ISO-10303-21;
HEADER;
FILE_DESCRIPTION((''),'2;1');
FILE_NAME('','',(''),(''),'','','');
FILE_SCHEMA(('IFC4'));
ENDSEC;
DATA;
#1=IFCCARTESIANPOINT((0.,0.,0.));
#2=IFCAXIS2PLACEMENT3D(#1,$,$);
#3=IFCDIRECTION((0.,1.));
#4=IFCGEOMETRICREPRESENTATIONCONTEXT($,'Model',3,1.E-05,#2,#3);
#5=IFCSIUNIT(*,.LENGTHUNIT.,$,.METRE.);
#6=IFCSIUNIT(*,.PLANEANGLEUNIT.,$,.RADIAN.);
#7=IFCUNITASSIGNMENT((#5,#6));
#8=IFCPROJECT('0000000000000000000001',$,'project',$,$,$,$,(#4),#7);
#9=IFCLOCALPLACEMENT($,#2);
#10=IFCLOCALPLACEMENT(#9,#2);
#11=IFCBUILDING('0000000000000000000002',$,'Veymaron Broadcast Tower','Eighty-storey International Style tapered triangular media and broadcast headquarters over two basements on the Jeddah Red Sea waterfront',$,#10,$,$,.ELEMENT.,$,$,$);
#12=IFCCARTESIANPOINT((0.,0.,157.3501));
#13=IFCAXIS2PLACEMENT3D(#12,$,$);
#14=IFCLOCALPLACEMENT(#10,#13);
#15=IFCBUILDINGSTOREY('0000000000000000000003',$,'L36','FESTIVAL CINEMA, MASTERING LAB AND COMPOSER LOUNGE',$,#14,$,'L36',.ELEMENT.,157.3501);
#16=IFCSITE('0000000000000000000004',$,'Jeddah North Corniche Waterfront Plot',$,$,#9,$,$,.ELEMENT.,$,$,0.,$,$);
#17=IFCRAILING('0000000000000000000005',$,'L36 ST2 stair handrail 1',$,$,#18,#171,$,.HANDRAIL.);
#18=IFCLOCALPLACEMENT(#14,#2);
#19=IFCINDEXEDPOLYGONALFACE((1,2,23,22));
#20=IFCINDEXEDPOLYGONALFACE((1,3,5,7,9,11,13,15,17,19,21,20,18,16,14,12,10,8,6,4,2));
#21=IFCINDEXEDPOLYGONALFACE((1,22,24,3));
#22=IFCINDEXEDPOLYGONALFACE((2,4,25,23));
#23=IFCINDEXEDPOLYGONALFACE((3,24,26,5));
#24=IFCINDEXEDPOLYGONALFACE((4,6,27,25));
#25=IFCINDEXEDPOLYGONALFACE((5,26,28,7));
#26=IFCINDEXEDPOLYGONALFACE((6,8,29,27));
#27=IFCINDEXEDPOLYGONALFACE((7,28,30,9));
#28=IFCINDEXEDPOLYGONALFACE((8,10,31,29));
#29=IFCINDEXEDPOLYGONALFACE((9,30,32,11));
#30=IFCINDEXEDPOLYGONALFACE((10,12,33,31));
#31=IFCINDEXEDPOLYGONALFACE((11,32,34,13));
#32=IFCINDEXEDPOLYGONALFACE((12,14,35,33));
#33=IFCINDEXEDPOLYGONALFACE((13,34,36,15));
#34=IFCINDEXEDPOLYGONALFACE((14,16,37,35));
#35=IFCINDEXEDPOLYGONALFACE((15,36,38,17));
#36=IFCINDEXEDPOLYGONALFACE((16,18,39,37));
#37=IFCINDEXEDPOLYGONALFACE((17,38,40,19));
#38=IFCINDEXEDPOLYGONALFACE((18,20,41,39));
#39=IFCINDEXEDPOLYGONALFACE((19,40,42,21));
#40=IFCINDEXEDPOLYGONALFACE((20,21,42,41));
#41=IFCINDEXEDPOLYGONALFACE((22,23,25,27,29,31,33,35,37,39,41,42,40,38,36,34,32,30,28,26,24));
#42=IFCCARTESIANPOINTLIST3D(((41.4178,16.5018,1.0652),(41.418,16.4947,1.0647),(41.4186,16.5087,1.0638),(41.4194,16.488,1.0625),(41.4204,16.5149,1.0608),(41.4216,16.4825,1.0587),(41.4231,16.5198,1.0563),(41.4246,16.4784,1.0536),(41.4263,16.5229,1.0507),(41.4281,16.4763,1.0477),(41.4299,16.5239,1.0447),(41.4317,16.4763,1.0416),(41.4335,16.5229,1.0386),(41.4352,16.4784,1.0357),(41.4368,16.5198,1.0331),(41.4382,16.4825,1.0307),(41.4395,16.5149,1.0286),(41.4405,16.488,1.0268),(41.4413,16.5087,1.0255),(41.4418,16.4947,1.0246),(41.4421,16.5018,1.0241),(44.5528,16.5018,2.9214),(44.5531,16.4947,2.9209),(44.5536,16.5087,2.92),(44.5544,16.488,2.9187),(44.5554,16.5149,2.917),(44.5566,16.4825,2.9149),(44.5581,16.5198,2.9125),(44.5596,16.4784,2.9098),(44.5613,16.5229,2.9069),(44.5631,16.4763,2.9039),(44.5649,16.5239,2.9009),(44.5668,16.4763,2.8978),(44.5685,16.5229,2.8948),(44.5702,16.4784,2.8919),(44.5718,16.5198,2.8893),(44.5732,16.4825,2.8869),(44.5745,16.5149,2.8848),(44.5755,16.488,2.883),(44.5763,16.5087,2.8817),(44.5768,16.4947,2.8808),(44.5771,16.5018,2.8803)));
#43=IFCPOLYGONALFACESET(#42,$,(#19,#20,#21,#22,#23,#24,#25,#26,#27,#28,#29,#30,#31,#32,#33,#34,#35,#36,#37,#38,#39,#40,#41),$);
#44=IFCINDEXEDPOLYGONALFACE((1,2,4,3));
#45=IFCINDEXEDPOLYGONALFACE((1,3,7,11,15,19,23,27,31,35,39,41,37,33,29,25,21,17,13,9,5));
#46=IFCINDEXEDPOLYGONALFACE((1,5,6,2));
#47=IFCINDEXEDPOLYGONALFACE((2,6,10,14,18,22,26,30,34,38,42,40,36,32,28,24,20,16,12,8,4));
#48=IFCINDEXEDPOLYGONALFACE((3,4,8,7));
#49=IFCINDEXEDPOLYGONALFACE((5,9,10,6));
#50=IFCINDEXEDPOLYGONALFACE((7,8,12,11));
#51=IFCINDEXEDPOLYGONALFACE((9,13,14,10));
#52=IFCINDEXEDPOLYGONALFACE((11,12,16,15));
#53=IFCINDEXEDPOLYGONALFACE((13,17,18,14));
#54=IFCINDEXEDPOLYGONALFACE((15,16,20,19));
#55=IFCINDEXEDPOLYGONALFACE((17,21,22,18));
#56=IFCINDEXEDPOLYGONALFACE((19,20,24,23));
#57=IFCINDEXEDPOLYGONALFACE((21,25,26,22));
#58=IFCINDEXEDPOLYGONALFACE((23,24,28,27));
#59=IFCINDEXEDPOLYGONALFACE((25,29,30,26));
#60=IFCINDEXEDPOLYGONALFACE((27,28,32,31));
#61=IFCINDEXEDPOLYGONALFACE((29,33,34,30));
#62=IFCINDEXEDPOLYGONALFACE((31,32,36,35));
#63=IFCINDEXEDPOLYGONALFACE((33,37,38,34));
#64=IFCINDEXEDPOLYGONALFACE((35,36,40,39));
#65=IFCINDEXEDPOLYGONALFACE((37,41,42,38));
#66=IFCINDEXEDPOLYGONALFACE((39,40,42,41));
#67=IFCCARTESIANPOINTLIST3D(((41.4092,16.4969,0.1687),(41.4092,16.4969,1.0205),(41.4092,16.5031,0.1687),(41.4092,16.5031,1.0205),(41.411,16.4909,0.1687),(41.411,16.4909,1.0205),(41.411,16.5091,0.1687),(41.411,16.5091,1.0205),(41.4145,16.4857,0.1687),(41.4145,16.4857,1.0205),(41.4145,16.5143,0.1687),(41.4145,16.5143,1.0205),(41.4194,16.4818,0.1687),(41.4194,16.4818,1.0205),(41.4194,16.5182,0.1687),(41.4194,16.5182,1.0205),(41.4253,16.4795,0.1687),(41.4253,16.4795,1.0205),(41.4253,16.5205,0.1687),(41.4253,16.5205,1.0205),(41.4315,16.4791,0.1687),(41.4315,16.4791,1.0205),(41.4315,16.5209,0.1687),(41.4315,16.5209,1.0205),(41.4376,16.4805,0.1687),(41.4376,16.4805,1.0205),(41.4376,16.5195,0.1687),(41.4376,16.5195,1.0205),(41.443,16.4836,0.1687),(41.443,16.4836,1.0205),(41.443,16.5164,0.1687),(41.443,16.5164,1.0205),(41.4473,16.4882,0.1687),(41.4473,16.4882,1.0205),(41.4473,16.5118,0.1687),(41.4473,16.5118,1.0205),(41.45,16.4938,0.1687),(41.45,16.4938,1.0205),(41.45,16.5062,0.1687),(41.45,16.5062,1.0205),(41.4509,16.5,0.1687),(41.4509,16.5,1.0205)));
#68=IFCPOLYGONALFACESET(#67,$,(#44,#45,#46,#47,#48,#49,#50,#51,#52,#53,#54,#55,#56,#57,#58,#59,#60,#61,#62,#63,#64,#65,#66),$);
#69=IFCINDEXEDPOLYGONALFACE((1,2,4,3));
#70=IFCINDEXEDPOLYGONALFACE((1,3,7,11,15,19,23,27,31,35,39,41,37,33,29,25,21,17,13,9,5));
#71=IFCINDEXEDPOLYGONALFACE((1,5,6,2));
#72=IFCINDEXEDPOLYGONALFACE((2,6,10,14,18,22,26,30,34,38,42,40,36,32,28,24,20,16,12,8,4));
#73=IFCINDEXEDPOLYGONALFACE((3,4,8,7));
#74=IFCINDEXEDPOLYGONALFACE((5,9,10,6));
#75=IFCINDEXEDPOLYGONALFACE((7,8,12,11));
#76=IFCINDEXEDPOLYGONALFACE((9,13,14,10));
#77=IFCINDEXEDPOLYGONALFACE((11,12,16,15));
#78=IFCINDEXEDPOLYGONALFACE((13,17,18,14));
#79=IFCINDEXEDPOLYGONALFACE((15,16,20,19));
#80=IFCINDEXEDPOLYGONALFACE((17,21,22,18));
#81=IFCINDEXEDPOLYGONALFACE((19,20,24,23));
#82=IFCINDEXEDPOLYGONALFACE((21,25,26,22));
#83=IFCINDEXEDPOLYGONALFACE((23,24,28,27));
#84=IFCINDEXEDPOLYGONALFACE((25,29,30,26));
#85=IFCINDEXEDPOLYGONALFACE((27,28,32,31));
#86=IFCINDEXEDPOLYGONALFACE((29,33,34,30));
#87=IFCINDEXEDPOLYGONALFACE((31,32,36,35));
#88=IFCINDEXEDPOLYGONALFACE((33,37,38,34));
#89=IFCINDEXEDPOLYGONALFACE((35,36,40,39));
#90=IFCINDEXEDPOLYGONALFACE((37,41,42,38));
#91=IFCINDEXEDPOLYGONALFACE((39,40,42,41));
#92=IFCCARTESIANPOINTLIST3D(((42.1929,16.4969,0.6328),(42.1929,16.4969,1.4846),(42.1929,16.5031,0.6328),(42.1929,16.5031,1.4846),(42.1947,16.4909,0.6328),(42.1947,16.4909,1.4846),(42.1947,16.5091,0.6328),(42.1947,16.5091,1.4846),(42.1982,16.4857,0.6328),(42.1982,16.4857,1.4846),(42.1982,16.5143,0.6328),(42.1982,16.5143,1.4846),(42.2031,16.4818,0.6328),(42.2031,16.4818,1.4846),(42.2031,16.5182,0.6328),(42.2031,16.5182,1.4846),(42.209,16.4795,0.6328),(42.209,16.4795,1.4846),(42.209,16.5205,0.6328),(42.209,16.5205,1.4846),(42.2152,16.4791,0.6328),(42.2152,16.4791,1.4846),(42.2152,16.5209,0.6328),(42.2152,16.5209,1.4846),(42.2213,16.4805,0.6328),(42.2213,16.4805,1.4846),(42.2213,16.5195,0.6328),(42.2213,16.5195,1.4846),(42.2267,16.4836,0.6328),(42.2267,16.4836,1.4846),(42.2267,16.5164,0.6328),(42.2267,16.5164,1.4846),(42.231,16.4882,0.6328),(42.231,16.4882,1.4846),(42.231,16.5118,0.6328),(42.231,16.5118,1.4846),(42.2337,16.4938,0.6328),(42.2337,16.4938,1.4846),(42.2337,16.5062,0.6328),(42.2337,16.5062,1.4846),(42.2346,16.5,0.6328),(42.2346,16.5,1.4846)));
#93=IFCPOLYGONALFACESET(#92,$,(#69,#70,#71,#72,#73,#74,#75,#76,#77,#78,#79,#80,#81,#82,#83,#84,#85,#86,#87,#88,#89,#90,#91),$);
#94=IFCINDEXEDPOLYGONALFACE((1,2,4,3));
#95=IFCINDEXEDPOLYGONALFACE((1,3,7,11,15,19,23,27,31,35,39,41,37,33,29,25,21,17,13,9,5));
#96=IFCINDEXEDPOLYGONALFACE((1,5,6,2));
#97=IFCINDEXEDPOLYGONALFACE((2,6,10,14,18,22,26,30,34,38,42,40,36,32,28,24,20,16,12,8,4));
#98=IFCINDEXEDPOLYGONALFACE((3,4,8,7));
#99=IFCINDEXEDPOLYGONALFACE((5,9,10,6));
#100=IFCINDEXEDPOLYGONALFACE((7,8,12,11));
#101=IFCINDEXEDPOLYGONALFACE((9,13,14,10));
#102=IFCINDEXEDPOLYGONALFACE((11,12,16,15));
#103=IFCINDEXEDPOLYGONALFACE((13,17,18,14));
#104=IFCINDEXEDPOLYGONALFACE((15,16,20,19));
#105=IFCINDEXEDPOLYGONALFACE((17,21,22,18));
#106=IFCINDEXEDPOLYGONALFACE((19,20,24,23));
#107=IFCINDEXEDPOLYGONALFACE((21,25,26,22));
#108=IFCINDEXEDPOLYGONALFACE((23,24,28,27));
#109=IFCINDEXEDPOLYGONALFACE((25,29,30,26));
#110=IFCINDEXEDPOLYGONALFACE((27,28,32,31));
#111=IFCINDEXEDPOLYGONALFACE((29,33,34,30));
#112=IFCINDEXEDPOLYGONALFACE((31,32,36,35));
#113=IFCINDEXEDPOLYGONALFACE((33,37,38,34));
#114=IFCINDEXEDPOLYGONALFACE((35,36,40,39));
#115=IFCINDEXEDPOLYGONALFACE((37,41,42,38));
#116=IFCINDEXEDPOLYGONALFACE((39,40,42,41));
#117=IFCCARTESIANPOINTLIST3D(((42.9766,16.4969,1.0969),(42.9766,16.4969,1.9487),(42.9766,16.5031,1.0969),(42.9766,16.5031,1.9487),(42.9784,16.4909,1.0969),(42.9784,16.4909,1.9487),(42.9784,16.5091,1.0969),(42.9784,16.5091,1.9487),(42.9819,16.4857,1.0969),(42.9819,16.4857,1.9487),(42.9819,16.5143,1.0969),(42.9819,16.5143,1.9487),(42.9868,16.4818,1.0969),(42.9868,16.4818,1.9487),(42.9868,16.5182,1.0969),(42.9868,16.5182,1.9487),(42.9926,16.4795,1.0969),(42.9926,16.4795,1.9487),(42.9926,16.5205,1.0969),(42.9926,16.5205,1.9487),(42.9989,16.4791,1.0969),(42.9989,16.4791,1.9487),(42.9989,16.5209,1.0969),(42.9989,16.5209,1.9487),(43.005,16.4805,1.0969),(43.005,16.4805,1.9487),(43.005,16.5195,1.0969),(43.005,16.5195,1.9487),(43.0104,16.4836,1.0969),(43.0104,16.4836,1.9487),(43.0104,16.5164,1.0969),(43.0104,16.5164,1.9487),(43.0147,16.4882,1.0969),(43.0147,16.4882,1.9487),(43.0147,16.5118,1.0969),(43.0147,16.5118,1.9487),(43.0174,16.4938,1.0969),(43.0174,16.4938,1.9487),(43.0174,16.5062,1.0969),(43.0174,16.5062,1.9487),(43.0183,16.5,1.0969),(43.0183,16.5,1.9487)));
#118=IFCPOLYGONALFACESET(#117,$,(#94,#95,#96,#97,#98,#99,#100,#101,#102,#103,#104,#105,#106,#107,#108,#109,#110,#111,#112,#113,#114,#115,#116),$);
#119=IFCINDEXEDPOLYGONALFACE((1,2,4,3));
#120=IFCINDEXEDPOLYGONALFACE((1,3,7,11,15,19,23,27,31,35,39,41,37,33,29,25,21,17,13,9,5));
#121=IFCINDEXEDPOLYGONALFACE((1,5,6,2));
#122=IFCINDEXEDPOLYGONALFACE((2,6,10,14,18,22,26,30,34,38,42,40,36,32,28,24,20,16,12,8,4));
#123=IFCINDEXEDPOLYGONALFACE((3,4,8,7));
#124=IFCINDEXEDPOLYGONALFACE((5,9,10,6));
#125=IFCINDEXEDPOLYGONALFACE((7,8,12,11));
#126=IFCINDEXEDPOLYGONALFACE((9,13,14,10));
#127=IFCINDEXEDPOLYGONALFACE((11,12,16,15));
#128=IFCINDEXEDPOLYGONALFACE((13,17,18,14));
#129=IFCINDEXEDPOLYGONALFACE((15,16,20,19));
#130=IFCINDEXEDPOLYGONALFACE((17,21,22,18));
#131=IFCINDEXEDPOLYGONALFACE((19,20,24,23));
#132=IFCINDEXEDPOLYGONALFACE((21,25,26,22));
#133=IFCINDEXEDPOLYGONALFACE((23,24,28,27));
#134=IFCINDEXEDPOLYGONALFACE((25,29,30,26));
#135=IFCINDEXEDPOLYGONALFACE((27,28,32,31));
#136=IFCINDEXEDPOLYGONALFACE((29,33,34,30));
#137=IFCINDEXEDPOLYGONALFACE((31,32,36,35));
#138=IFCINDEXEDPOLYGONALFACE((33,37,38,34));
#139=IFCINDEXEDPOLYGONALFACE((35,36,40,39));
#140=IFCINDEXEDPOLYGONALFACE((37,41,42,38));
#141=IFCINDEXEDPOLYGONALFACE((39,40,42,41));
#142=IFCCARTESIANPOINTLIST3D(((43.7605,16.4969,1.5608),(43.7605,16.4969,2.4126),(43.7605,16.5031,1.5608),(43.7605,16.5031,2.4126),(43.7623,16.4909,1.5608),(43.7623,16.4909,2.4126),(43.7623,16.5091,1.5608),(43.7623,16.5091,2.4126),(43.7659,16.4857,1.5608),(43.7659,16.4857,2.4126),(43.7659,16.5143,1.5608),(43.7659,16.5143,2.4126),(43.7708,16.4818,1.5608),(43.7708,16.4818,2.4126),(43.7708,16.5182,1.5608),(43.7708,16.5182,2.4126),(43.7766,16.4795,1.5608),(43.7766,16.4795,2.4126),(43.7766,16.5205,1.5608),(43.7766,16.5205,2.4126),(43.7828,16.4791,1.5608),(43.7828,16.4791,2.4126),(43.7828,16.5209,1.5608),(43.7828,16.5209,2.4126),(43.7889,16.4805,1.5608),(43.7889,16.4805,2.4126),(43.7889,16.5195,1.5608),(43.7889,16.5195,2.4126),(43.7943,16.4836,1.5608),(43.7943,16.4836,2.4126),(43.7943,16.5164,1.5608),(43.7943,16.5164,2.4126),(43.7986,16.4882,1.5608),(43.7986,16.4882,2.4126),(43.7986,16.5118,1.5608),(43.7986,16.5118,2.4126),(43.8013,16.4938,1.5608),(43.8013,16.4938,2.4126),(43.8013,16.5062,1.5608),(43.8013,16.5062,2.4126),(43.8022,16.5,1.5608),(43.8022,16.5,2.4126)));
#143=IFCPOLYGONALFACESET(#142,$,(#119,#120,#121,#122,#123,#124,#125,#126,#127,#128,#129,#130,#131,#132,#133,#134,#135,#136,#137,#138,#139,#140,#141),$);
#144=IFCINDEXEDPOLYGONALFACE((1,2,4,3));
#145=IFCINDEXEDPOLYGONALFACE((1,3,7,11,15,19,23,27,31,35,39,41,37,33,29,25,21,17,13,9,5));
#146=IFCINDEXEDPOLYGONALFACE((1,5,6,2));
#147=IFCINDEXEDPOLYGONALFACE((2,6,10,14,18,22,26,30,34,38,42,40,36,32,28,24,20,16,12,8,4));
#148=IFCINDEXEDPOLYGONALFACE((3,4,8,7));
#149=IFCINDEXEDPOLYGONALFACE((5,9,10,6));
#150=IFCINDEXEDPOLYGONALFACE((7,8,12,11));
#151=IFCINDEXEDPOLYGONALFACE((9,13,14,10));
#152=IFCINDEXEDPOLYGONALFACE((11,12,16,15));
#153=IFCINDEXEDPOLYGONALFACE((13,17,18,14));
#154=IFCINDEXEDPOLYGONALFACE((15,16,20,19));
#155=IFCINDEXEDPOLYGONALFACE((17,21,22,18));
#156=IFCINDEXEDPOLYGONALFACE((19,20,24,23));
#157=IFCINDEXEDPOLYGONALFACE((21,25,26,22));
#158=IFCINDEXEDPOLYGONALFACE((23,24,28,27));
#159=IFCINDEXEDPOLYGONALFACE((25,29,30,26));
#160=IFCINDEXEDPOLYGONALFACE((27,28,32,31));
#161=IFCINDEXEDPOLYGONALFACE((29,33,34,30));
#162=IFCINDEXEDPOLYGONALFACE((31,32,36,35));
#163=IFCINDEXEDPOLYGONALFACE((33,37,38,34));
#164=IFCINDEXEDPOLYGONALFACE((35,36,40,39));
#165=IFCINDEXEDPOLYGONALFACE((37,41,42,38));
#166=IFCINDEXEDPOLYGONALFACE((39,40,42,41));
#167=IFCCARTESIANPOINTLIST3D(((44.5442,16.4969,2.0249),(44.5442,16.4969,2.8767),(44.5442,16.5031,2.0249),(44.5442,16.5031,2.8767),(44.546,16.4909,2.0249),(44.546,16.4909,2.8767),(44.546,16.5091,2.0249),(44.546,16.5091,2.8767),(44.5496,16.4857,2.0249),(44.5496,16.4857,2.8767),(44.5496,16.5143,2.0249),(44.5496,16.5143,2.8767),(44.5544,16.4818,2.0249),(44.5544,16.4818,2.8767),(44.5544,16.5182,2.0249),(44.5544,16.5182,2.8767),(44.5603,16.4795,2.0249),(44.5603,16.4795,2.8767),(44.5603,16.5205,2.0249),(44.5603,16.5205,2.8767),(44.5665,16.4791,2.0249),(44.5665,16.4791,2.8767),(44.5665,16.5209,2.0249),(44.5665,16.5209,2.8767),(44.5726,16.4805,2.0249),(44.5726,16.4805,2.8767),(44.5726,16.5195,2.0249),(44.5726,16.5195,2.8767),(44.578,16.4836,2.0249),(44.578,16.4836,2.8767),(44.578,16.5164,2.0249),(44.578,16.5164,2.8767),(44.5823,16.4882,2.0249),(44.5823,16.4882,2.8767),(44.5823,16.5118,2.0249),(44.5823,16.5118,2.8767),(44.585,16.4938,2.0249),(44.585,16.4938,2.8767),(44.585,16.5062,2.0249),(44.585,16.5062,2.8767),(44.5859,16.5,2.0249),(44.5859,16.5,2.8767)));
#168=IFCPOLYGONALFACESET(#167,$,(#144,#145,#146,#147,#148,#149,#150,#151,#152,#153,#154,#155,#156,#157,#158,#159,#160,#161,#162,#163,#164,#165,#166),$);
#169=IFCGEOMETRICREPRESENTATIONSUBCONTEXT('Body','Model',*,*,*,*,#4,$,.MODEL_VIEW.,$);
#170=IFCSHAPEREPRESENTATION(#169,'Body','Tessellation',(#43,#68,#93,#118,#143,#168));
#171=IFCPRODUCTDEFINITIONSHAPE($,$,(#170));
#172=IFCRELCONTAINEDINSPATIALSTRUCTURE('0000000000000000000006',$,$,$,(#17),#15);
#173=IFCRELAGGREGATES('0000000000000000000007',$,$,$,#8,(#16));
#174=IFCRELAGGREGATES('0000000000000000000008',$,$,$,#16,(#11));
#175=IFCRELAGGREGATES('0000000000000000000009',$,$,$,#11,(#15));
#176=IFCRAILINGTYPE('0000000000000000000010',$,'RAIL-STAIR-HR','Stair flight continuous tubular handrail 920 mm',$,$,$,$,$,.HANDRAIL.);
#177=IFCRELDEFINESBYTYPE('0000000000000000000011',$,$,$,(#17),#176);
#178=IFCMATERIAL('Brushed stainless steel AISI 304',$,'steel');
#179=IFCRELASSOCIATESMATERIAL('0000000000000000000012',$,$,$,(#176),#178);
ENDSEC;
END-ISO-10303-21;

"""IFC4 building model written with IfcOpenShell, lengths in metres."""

from ifc_helpers import new_model, si_unit, direction, frame, origin, origin_2d, place, context, subcontext, project, spatial, circle, extrude, material, type_object, element, save


model = new_model("IFC4")

# Units and contexts
model_context = context("Model", 3, precision=1e-05, world=origin(), true_north=direction((0.0, 1.0)))
body_context = subcontext(model_context, "Body", "Model", "MODEL_VIEW")
ifc_project = project(units=[si_unit("LENGTHUNIT", "METRE"), si_unit("PLANEANGLEUNIT", "RADIAN")], contexts=[model_context])

# Site, building, storey
site_placement = place(None, origin())
site = spatial("IfcSite", under=ifc_project, at=site_placement, Name="Jeddah North Corniche Waterfront Plot", CompositionType="ELEMENT", RefElevation=0.0)
building_placement = place(site_placement, origin())
building = spatial("IfcBuilding", under=site, at=building_placement, Name="Veymaron Broadcast Tower", Description="Eighty-storey International Style tapered triangular media and broadcast headquarters over two basements on the Jeddah Red Sea waterfront", CompositionType="ELEMENT")
storey_placement = place(building_placement, frame((0.0, 0.0, 157.3501)))
storey = spatial("IfcBuildingStorey", under=building, at=storey_placement, Name="L36", Description="FESTIVAL CINEMA, MASTERING LAB AND COMPOSER LOUNGE", LongName="L36", CompositionType="ELEMENT", Elevation=157.3501)

# Railing
ifc_material_1 = material(Name="Brushed stainless steel AISI 304", Category="steel")
railing_type_1 = type_object("IfcRailingType", Name="RAIL-STAIR-HR", Description="Stair flight continuous tubular handrail 920 mm", PredefinedType="HANDRAIL", material=ifc_material_1)
railing_1_placement = place(storey_placement, frame((41.4299, 16.5, 0.1687)))
element("IfcRailing", 1, at=railing_1_placement, inside=storey, type_object=railing_type_1, Name="L36 ST2 stair handrail 1", PredefinedType="HANDRAIL", context=body_context, shape_type="SweptSolid", body=[
    extrude(circle(Radius=0.0239, at=origin_2d()), frame((0.0, 0.0, 0.876), z_axis=(0.860482, 0.0, 0.509481), x_axis=(0.0, 1.0, 0.0)), (0.0, 0.0, 1.0), 3.6433),
    extrude(circle(Radius=0.021, at=origin_2d()), origin(), (0.0, 0.0, 1.0), 0.8518),
    extrude(circle(Radius=0.021, at=origin_2d()), frame((0.7837, 0.0, 0.4641)), (0.0, 0.0, 1.0), 0.8518),
    extrude(circle(Radius=0.021, at=origin_2d()), frame((1.5674, 0.0, 0.9282)), (0.0, 0.0, 1.0), 0.8518),
    extrude(circle(Radius=0.021, at=origin_2d()), frame((2.3513, 0.0, 1.3921)), (0.0, 0.0, 1.0), 0.8518),
    extrude(circle(Radius=0.021, at=origin_2d()), frame((3.135, 0.0, 1.8562)), (0.0, 0.0, 1.0), 0.8518),
])

save(model, "model.ifc")
